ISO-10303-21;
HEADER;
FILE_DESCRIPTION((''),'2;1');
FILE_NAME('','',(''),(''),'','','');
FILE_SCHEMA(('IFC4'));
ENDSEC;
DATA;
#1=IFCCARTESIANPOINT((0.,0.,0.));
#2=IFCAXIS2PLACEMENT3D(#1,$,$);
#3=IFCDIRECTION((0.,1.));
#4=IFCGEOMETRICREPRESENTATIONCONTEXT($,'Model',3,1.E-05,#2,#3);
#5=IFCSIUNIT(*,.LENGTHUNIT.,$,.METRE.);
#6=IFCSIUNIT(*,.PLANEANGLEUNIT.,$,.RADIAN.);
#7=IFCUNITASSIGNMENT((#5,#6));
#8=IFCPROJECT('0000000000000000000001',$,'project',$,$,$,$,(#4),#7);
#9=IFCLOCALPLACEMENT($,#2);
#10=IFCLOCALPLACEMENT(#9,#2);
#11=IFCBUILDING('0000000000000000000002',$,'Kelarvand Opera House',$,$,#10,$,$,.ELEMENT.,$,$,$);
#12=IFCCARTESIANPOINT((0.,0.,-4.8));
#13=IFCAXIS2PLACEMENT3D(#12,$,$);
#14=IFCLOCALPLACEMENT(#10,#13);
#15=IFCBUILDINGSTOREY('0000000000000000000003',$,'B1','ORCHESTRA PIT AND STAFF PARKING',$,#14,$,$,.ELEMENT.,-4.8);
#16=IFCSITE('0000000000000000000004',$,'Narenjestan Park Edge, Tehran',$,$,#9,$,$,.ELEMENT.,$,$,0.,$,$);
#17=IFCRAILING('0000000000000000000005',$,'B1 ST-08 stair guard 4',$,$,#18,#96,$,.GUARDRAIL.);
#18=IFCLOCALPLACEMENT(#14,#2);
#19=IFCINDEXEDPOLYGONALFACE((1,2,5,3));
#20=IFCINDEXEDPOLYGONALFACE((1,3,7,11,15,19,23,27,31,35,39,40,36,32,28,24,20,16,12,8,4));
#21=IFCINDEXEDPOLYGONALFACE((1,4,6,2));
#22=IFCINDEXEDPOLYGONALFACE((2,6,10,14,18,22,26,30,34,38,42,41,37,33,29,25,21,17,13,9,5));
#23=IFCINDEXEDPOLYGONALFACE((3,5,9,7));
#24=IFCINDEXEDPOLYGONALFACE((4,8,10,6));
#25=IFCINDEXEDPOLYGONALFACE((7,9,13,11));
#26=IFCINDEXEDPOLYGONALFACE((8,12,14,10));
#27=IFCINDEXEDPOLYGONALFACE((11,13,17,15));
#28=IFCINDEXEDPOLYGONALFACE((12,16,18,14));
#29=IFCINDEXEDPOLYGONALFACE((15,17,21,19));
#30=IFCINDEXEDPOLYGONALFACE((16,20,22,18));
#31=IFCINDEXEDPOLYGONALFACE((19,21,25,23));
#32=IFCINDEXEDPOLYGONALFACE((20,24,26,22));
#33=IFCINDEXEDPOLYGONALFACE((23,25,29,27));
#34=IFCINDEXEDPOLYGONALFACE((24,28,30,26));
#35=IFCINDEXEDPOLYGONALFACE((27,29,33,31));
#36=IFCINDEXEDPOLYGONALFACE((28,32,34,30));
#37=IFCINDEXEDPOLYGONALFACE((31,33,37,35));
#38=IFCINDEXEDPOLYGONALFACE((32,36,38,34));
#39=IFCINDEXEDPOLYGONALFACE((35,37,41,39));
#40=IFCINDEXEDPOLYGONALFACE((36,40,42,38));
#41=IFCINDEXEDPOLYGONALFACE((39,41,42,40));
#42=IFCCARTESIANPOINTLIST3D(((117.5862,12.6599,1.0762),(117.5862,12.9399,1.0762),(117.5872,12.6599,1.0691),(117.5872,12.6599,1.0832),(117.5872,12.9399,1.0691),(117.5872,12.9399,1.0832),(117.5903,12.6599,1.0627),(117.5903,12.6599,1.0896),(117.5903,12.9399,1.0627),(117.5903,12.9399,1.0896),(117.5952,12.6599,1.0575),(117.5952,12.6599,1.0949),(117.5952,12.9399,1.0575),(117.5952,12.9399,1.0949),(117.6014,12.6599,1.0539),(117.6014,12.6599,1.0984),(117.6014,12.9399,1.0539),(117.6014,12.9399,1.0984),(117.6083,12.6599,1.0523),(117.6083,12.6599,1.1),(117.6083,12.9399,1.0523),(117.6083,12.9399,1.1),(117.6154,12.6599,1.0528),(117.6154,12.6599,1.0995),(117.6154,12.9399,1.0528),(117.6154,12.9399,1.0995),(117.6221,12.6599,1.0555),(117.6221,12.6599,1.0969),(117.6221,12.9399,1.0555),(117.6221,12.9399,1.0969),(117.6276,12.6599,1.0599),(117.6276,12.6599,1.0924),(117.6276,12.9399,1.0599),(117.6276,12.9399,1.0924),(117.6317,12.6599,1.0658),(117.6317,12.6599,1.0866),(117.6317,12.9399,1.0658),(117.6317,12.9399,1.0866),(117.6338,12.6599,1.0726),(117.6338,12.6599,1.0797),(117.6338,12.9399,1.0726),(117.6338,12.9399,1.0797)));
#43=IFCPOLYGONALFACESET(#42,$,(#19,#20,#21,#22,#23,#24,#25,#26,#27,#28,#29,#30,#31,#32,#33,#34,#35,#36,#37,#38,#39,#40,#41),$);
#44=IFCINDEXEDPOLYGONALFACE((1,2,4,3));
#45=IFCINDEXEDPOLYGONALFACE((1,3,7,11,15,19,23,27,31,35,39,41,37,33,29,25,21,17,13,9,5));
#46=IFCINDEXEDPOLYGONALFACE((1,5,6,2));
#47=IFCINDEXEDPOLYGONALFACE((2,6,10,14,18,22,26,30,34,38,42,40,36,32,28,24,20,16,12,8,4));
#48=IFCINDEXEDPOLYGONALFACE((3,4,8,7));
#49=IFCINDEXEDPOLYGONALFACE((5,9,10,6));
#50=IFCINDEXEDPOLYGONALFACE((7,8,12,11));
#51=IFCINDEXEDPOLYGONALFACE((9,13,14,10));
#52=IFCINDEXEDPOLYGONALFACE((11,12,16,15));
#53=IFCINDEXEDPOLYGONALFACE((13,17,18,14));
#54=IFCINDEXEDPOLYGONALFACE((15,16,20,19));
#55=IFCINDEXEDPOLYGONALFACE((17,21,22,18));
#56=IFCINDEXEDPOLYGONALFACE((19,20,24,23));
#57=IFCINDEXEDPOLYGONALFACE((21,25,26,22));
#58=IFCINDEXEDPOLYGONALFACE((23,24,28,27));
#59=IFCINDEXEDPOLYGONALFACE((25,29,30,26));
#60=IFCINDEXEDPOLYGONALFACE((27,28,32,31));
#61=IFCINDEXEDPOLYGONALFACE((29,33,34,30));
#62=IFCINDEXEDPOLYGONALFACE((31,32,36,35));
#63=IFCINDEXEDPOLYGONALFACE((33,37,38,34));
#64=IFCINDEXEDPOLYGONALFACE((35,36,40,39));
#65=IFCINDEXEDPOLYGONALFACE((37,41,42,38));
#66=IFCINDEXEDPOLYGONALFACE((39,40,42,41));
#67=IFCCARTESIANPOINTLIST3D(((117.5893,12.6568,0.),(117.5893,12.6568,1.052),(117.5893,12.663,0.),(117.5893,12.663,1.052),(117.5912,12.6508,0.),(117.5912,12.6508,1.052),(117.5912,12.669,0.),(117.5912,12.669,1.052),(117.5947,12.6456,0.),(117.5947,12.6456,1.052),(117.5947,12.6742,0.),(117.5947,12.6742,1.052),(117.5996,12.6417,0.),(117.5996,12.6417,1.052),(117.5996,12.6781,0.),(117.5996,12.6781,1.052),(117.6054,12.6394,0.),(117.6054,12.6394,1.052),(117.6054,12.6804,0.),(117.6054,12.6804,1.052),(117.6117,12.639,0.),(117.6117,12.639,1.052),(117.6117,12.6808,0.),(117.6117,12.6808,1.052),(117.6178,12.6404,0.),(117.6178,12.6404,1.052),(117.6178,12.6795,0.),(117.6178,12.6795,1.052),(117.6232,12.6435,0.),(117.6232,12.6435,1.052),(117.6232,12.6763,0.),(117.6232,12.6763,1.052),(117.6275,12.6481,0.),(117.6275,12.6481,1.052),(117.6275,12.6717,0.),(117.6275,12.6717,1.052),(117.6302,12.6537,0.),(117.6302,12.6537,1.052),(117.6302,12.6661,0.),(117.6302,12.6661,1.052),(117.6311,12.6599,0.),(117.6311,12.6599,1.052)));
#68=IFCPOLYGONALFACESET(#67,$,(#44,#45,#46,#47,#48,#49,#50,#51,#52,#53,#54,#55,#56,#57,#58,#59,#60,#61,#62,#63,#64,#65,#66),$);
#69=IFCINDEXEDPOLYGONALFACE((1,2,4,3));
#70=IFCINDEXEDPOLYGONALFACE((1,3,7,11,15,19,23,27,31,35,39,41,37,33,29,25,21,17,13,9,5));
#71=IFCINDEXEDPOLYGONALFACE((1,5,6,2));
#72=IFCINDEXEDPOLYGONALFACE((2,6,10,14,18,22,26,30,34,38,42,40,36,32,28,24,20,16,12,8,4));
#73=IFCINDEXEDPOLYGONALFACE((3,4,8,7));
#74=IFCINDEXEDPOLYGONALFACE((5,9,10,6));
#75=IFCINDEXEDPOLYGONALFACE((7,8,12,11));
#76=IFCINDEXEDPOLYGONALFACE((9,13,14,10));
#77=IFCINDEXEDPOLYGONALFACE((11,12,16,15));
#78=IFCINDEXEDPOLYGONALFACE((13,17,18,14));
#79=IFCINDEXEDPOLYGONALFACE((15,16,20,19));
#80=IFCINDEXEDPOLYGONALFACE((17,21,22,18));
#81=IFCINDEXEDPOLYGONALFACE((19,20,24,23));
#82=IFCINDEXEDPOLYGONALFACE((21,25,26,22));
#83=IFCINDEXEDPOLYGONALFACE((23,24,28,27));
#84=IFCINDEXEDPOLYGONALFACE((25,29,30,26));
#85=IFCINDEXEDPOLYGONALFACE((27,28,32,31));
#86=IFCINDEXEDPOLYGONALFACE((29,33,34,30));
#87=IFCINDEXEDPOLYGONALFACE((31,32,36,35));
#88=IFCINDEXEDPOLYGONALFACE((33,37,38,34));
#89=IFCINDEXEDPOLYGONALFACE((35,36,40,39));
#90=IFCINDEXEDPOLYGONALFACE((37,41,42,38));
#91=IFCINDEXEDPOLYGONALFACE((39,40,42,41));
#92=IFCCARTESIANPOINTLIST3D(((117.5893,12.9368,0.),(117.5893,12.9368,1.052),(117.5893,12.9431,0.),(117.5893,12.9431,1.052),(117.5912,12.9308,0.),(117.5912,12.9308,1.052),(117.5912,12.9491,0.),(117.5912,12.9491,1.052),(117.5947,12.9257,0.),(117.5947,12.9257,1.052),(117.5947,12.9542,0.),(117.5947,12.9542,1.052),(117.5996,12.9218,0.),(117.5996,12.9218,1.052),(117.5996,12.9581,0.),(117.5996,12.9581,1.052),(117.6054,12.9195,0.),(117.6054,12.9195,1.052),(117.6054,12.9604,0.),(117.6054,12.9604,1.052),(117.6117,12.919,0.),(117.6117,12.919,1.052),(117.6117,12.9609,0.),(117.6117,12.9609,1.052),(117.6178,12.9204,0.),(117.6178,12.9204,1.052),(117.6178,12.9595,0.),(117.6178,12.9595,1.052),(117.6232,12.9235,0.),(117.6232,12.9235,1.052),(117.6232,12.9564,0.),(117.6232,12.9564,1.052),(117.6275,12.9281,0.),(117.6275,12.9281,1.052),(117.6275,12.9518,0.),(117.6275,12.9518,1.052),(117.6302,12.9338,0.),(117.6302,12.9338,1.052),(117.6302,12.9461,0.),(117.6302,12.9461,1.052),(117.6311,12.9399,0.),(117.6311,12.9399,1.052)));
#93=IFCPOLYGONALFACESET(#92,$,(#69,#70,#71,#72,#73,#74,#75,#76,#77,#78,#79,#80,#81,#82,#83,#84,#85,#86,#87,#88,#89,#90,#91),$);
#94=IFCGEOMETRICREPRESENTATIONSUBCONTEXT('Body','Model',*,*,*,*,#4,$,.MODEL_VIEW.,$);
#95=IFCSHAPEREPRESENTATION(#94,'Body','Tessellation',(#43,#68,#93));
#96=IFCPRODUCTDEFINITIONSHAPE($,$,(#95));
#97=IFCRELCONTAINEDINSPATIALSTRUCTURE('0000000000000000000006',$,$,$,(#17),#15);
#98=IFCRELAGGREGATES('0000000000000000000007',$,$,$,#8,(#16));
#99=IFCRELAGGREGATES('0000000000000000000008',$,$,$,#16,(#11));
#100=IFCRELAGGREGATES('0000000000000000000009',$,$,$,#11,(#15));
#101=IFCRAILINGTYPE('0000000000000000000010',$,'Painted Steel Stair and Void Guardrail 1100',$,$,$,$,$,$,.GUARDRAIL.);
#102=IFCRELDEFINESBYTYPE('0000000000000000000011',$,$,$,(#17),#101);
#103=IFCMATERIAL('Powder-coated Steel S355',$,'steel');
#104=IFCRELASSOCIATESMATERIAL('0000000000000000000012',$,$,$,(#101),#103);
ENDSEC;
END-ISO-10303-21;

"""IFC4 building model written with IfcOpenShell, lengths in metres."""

from ifc_helpers import new_model, si_unit, direction, frame, origin, origin_2d, place, context, subcontext, project, spatial, circle, extrude, material, type_object, element, save


model = new_model("IFC4")

# Units and contexts
model_context = context("Model", 3, precision=1e-05, world=origin(), true_north=direction((0.0, 1.0)))
body_context = subcontext(model_context, "Body", "Model", "MODEL_VIEW")
ifc_project = project(units=[si_unit("LENGTHUNIT", "METRE"), si_unit("PLANEANGLEUNIT", "RADIAN")], contexts=[model_context])

# Site, building, storey
site_placement = place(None, origin())
site = spatial("IfcSite", under=ifc_project, at=site_placement, Name="Narenjestan Park Edge, Tehran", CompositionType="ELEMENT", RefElevation=0.0)
building_placement = place(site_placement, origin())
building = spatial("IfcBuilding", under=site, at=building_placement, Name="Kelarvand Opera House", CompositionType="ELEMENT")
storey_placement = place(building_placement, frame((0.0, 0.0, -4.8)))
storey = spatial("IfcBuildingStorey", under=building, at=storey_placement, Name="B1", Description="ORCHESTRA PIT AND STAFF PARKING", CompositionType="ELEMENT", Elevation=-4.8)

# Railing
ifc_material_1 = material(Name="Powder-coated Steel S355", Category="steel")
railing_type_1 = type_object("IfcRailingType", Name="Painted Steel Stair and Void Guardrail 1100", PredefinedType="GUARDRAIL", material=ifc_material_1)
railing_1_placement = place(storey_placement, frame((117.6101, 12.6599, 0.0)))
element("IfcRailing", 1, at=railing_1_placement, inside=storey, type_object=railing_type_1, Name="B1 ST-08 stair guard 4", PredefinedType="GUARDRAIL", context=body_context, shape_type="SweptSolid", body=[
    extrude(circle(Radius=0.0239, at=origin_2d()), frame((0.0, 0.0, 1.0762), z_axis=(0.0, 1.0, 0.0), x_axis=(-1.0, 0.0, 0.0)), (0.0, 0.0, 1.0), 0.28),
    extrude(circle(Radius=0.021, at=origin_2d()), origin(), (0.0, 0.0, 1.0), 1.052),
    extrude(circle(Radius=0.021, at=origin_2d()), frame((0.0, 0.28, 0.0)), (0.0, 0.0, 1.0), 1.052),
])

save(model, "model.ifc")
